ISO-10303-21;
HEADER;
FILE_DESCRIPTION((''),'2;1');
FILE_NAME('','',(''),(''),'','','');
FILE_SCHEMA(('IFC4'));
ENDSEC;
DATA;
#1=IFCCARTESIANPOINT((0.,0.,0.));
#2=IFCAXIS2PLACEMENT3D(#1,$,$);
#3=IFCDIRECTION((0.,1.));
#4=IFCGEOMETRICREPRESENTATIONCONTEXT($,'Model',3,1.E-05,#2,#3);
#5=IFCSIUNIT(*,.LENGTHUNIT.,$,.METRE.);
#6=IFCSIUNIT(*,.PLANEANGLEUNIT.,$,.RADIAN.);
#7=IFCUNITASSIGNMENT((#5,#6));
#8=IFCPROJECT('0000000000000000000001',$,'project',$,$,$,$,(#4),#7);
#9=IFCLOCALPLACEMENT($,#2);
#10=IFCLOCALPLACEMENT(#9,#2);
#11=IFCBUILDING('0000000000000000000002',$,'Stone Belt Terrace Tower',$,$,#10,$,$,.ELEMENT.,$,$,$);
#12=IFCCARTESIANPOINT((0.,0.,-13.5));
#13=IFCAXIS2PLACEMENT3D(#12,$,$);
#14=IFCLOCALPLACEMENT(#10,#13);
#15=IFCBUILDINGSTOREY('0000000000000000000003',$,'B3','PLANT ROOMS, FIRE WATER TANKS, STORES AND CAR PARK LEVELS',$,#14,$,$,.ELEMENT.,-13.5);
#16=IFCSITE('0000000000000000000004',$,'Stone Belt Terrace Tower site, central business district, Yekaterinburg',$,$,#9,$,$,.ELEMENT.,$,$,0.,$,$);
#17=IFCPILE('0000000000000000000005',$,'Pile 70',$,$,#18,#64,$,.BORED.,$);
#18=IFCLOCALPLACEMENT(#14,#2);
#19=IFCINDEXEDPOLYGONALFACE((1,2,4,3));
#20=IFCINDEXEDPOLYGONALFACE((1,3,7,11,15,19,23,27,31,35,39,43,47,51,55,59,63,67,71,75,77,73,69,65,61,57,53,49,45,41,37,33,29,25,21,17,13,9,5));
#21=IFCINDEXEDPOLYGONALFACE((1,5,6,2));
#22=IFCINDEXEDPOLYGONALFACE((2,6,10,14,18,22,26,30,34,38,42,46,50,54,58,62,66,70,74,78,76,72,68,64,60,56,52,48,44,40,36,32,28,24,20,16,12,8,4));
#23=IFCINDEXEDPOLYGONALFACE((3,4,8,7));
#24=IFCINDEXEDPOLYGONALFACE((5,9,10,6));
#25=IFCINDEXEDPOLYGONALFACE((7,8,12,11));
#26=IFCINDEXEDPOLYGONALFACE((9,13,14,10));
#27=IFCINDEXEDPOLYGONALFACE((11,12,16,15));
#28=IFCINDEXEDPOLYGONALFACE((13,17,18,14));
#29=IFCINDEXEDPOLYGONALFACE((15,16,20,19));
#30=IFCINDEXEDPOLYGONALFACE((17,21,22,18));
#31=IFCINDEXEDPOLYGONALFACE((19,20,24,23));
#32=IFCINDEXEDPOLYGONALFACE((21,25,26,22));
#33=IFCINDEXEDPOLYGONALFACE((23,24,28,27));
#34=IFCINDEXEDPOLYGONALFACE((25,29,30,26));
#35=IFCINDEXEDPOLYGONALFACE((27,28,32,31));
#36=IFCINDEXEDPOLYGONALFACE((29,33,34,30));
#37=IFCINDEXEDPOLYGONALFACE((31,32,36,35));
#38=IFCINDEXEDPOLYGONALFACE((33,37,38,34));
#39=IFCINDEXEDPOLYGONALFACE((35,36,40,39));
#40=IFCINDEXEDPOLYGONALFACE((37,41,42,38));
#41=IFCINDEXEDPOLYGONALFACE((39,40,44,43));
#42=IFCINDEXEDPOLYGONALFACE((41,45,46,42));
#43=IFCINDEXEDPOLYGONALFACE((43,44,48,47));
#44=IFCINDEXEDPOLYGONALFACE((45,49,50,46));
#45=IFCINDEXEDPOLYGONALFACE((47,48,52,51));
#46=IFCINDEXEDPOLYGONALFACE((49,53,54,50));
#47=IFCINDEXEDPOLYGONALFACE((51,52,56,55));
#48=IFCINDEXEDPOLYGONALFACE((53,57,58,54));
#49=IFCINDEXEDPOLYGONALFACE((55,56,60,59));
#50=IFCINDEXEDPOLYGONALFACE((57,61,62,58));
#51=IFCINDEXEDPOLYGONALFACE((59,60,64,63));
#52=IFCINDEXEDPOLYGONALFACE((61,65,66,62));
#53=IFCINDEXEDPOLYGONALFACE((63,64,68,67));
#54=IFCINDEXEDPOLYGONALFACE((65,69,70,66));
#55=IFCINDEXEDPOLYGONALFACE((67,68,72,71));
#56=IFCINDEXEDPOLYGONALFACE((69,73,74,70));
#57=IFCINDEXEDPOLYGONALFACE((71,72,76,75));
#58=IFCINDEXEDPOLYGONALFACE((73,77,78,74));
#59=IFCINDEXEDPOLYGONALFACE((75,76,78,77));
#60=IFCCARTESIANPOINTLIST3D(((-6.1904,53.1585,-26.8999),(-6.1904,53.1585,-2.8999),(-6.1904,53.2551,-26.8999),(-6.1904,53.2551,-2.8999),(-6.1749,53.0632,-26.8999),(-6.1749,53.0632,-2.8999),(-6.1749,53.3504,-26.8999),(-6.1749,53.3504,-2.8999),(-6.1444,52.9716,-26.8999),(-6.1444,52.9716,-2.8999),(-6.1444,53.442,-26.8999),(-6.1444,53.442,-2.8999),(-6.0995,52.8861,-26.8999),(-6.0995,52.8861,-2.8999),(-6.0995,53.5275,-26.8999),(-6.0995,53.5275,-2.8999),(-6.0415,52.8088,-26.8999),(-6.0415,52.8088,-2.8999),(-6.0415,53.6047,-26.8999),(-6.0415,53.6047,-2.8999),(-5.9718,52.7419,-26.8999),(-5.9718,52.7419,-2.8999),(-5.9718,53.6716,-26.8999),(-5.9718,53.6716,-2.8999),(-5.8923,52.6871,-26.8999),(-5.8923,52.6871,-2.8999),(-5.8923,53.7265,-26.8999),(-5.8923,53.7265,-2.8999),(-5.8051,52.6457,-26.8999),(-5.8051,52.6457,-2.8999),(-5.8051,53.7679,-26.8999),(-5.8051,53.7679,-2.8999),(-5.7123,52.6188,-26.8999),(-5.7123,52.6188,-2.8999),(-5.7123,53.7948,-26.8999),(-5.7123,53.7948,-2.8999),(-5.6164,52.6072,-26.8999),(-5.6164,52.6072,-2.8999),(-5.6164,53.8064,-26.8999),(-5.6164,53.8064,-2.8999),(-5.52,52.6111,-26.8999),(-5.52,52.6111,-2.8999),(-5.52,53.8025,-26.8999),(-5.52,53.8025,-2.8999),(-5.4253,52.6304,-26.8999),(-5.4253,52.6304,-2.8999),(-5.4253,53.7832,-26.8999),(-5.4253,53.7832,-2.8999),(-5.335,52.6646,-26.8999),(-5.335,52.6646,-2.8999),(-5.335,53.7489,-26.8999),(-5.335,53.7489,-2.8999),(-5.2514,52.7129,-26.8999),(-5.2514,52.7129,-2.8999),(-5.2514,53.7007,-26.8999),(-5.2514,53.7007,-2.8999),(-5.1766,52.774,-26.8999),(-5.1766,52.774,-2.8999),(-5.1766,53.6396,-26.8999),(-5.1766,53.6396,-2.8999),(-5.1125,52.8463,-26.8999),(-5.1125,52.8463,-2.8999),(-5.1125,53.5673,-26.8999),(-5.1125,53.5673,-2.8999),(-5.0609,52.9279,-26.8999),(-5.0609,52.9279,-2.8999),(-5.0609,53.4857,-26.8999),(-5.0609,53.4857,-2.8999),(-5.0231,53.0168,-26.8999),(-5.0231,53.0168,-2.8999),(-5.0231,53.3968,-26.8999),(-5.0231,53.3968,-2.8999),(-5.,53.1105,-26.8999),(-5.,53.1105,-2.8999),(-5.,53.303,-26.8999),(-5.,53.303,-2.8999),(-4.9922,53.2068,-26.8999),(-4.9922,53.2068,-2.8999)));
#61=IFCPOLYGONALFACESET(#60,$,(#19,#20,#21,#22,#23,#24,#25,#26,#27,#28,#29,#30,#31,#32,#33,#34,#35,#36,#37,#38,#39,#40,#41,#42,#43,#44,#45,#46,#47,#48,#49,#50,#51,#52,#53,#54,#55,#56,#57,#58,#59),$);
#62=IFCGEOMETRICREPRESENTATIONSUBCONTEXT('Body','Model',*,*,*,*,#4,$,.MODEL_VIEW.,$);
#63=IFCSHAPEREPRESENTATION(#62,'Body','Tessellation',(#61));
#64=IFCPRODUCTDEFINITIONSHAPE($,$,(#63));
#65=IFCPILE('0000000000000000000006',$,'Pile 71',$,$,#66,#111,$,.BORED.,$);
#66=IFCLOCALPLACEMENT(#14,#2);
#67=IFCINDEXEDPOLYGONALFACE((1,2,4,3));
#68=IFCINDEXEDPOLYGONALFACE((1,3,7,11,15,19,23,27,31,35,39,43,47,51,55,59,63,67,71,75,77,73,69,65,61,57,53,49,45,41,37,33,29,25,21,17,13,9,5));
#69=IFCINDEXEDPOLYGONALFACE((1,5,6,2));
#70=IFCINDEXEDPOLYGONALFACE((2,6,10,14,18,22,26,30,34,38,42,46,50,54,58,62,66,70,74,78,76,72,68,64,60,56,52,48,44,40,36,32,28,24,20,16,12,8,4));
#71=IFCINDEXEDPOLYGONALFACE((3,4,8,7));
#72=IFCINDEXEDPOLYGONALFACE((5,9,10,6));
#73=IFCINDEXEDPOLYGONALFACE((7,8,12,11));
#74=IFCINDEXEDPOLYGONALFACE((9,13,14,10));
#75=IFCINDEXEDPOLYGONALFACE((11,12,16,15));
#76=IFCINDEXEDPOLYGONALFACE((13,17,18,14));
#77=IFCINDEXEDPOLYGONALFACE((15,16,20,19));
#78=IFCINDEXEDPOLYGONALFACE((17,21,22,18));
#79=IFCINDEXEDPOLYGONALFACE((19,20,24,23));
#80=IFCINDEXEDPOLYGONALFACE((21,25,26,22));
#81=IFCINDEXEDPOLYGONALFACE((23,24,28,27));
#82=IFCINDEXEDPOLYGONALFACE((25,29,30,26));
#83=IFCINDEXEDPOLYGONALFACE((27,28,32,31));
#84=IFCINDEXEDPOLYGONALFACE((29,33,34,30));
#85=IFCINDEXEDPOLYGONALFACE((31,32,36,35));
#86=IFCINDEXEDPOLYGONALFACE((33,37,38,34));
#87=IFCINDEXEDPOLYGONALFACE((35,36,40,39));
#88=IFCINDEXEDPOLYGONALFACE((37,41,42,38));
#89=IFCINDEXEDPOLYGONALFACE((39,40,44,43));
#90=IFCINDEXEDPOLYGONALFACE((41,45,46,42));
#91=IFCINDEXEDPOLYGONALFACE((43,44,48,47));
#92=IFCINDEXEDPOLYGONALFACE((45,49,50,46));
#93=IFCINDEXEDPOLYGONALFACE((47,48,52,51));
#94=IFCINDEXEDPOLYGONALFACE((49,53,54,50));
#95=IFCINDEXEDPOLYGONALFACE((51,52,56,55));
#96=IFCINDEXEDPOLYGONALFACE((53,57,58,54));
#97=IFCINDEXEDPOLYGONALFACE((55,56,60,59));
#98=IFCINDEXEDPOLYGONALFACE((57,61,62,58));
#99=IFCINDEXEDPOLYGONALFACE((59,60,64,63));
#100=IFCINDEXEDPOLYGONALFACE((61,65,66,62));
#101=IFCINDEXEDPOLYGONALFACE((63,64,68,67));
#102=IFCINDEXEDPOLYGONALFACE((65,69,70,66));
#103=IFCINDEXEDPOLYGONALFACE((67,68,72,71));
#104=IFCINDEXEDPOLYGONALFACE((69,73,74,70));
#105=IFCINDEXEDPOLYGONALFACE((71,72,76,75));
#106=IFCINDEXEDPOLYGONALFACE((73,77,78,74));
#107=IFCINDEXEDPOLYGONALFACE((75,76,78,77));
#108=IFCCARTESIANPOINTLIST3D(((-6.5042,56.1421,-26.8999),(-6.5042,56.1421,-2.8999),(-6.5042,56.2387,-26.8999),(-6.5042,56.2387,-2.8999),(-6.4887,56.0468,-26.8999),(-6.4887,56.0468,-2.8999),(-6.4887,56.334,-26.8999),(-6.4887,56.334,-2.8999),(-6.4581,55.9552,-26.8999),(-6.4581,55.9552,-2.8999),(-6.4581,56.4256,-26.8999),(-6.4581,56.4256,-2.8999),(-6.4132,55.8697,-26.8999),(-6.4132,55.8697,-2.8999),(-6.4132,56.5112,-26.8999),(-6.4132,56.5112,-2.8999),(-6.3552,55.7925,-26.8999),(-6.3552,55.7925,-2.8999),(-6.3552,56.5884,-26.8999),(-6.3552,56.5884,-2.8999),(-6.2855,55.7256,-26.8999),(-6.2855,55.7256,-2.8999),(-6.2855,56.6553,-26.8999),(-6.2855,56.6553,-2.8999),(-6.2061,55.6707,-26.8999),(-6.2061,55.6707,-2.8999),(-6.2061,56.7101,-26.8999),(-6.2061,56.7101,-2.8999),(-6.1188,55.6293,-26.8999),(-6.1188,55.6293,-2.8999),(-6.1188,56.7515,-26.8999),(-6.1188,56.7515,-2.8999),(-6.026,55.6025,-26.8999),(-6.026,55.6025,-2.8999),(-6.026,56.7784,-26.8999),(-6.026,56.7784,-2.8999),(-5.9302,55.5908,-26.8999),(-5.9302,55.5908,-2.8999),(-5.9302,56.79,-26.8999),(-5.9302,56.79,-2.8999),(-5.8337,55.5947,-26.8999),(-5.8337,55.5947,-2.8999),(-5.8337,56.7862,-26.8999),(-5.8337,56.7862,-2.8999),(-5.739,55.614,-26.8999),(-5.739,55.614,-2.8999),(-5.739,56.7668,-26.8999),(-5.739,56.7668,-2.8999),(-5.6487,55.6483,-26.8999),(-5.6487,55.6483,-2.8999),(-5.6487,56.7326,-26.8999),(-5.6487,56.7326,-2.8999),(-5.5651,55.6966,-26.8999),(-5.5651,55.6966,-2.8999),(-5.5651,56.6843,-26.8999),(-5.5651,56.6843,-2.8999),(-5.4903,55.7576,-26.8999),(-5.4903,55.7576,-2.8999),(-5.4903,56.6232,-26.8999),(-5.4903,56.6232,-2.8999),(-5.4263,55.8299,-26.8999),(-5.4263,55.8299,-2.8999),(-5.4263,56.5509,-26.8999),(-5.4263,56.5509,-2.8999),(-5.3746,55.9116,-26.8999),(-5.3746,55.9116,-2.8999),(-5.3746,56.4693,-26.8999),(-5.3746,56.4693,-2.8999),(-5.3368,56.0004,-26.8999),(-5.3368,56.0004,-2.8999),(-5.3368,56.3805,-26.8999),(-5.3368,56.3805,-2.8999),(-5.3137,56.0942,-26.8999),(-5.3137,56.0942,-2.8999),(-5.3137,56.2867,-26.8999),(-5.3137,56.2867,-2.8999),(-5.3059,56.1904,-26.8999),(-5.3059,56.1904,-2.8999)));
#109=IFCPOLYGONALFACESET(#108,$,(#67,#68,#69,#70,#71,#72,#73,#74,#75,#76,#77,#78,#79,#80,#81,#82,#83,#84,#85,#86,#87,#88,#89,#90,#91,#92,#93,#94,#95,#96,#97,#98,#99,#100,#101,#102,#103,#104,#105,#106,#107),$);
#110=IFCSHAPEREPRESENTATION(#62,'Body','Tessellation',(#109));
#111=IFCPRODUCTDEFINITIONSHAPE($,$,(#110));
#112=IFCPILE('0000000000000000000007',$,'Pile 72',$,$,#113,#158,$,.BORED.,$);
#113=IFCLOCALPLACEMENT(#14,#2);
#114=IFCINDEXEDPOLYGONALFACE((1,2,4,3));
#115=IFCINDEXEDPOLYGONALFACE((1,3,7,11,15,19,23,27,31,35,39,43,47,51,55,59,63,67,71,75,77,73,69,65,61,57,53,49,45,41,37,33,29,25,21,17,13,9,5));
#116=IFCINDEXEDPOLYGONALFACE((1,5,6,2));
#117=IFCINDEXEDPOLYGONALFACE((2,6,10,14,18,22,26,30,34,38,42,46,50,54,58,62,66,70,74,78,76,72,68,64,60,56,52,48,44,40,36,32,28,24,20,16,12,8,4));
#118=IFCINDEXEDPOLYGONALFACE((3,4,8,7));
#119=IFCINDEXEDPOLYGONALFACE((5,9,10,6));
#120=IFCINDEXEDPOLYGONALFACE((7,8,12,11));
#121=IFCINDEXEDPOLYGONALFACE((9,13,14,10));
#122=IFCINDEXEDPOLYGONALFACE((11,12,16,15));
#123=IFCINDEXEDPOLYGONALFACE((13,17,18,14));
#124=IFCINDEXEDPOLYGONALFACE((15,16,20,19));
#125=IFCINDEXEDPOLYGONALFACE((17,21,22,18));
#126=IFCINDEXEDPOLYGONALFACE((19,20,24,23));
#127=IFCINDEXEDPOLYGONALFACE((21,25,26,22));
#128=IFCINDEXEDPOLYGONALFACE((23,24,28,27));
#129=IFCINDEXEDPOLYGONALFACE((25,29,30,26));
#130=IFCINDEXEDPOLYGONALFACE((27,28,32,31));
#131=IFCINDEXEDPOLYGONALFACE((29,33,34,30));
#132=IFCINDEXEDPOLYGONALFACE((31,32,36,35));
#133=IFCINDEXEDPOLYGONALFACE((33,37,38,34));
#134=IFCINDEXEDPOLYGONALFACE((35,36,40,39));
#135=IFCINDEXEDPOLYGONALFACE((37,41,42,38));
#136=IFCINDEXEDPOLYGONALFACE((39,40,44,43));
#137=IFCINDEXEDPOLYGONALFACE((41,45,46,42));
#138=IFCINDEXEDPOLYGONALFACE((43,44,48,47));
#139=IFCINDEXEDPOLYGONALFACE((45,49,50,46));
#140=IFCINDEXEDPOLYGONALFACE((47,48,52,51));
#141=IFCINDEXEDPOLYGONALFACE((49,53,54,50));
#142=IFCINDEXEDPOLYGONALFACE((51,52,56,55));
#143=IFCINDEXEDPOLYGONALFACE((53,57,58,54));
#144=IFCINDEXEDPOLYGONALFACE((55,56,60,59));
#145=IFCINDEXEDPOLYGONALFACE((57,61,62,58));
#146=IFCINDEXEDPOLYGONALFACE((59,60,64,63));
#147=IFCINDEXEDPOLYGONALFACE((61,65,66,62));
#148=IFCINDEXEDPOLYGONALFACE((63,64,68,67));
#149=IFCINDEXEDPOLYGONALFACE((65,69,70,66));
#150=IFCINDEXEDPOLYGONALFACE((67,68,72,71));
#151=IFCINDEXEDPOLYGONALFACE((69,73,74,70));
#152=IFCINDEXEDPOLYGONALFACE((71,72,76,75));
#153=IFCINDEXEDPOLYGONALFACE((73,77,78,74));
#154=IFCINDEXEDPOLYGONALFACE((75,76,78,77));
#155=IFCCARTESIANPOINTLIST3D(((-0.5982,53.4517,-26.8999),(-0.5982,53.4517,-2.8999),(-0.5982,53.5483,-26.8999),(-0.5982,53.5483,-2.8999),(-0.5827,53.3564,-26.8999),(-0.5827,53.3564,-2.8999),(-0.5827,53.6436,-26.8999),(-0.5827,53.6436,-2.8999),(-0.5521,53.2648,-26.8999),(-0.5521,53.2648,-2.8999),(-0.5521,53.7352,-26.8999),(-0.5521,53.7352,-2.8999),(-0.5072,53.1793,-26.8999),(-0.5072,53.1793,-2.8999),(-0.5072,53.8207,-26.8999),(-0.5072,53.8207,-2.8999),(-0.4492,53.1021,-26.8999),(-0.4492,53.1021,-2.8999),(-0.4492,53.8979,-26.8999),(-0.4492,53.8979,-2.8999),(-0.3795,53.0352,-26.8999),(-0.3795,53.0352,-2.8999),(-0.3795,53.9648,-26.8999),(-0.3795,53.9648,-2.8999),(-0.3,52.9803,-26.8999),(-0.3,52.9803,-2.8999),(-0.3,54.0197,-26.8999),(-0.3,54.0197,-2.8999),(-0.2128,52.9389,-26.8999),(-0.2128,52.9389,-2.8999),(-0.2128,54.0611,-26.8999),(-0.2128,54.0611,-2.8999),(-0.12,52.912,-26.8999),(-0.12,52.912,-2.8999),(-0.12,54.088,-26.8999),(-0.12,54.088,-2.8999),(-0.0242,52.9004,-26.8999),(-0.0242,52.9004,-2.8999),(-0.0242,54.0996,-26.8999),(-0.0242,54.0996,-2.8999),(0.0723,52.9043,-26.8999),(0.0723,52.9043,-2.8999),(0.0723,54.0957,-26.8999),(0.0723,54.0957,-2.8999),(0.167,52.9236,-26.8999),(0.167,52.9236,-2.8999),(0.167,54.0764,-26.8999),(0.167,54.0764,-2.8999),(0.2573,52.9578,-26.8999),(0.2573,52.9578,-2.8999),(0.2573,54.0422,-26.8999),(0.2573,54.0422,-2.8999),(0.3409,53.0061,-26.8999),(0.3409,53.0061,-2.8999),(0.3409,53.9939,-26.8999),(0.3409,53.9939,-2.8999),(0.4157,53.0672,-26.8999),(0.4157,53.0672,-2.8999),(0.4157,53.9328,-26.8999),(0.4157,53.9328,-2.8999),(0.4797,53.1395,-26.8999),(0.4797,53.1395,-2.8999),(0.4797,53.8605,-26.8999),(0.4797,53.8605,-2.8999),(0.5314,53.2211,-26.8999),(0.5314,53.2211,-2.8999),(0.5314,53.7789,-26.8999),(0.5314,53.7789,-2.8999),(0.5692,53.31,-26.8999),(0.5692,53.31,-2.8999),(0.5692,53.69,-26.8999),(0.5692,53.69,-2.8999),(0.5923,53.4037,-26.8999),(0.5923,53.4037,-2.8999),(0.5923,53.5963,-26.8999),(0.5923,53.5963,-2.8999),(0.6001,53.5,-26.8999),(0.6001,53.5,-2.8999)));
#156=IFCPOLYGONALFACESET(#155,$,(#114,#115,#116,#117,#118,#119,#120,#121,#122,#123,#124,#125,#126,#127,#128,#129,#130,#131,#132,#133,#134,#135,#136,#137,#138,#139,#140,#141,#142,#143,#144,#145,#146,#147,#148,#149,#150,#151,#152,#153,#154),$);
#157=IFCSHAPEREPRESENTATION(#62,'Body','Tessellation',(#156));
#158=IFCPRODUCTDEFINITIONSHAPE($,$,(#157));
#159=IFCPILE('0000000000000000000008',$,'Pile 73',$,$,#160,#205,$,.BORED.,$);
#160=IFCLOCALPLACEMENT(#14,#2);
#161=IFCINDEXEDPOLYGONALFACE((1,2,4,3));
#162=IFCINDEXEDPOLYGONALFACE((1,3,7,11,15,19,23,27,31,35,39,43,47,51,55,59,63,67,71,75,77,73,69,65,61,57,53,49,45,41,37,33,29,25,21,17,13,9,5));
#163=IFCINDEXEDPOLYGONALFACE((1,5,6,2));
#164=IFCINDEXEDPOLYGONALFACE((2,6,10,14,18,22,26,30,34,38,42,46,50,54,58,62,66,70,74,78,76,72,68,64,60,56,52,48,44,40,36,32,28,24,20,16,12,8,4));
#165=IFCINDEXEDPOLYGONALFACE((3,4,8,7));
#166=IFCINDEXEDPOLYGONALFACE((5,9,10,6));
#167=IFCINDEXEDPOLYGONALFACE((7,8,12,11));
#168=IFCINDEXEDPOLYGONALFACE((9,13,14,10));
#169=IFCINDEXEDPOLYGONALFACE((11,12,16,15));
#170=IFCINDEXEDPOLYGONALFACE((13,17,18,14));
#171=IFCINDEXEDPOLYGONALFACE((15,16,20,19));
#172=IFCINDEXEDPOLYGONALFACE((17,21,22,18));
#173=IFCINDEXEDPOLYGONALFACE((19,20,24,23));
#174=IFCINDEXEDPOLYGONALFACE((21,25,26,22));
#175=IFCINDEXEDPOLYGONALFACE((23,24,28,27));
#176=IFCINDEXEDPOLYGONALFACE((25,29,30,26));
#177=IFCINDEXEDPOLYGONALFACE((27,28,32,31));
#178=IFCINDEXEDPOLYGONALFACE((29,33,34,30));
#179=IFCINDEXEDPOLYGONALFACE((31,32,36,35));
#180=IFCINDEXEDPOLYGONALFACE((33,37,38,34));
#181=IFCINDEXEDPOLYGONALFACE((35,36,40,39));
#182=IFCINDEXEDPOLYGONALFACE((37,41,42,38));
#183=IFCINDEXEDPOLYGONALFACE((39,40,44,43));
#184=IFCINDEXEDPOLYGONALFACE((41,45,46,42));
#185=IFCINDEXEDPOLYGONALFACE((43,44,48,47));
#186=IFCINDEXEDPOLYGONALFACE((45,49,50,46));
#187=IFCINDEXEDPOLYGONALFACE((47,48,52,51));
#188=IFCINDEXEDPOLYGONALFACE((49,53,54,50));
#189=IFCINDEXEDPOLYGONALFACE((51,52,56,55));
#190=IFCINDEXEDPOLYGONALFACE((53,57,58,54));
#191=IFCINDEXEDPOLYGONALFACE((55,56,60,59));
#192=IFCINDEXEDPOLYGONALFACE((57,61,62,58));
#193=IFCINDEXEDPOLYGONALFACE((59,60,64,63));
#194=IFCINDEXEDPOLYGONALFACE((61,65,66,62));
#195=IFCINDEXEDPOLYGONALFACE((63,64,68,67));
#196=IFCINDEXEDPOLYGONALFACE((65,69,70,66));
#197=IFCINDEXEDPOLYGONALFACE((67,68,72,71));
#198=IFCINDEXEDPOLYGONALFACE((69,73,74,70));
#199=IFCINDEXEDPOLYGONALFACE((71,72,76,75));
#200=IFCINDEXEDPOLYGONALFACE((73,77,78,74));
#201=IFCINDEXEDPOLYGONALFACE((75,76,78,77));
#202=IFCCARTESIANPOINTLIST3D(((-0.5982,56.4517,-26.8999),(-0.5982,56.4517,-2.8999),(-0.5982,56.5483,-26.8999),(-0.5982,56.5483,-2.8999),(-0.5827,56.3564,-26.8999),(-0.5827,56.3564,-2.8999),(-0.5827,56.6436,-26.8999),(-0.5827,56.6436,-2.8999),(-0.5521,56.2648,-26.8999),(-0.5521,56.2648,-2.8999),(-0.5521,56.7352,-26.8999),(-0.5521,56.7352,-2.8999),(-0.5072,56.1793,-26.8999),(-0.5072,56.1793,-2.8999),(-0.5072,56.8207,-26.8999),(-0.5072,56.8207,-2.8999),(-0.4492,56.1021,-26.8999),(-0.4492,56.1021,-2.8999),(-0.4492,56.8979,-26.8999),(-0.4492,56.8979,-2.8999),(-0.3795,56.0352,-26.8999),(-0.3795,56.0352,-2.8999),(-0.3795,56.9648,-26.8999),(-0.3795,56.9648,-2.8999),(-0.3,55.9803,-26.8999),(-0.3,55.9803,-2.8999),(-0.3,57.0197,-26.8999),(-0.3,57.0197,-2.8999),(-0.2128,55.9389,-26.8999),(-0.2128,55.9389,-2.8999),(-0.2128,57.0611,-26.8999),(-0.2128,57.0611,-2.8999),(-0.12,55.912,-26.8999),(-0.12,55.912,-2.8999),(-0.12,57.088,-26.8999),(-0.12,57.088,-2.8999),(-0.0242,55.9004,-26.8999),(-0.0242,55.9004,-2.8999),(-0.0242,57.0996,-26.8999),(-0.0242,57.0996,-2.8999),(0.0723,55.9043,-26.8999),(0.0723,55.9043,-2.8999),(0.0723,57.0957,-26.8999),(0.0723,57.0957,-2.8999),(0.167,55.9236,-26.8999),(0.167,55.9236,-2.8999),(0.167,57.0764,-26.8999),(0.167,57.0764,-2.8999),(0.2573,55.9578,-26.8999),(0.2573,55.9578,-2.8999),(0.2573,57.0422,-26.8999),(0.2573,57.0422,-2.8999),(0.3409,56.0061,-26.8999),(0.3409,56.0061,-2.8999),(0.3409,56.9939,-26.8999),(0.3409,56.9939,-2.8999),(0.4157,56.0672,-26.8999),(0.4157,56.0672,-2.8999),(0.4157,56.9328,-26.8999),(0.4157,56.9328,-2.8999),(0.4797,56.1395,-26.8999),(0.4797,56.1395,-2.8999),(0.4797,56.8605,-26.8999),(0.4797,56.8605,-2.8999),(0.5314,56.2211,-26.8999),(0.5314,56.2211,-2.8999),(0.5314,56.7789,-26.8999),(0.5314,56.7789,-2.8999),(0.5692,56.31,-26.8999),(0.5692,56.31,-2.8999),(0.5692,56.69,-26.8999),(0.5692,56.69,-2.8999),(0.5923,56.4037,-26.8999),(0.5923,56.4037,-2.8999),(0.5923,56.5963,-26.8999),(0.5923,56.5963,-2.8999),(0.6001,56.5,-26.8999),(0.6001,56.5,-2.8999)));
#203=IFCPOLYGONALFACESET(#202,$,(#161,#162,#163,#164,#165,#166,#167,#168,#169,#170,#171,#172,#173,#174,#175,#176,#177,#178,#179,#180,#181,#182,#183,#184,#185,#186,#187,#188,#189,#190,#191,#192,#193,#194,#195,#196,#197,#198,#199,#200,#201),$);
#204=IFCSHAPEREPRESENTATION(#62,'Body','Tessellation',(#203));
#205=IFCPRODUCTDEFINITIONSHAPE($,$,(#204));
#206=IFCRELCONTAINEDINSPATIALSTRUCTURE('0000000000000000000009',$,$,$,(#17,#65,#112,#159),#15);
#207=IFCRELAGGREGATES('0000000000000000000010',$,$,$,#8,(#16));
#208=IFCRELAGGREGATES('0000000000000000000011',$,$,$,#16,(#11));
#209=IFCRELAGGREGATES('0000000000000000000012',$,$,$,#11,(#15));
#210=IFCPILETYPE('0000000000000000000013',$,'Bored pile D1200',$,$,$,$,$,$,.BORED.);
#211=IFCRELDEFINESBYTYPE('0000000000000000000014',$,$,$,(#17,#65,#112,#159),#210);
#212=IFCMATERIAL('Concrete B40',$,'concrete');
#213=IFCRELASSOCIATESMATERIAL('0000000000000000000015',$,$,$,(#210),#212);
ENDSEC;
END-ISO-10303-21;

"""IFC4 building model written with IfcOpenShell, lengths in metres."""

from ifc_helpers import new_model, si_unit, direction, frame, origin, origin_2d, place, context, subcontext, project, spatial, circle, extrude, material, material_profile, profile_set, type_object, element, save


model = new_model("IFC4")

# Units and contexts
model_context = context("Model", 3, precision=1e-05, world=origin(), true_north=direction((0.0, 1.0)))
body_context = subcontext(model_context, "Body", "Model", "MODEL_VIEW")
ifc_project = project(units=[si_unit("LENGTHUNIT", "METRE"), si_unit("PLANEANGLEUNIT", "RADIAN")], contexts=[model_context])

# Site, building, storey
site_placement = place(None, origin())
site = spatial("IfcSite", under=ifc_project, at=site_placement, Name="Stone Belt Terrace Tower site, central business district, Yekaterinburg", CompositionType="ELEMENT", RefElevation=0.0)
building_placement = place(site_placement, origin())
building = spatial("IfcBuilding", under=site, at=building_placement, Name="Stone Belt Terrace Tower", CompositionType="ELEMENT")
storey_placement = place(building_placement, frame((0.0, 0.0, -13.5)))
storey = spatial("IfcBuildingStorey", under=building, at=storey_placement, Name="B3", Description="PLANT ROOMS, FIRE WATER TANKS, STORES AND CAR PARK LEVELS", CompositionType="ELEMENT", Elevation=-13.5)

# Piles
ifc_material_1 = material(Name="Concrete B40", Category="concrete")
ifc_material_profile_1 = material_profile(ifc_material_1, circle(Radius=0.6001, at=origin_2d()), Name="PILE D1200")
ifc_profile_set_1 = profile_set([ifc_material_profile_1], Name="Concrete B40")
pile_type = type_object("IfcPileType", Name="Bored pile D1200", PredefinedType="BORED", material=ifc_profile_set_1)
for number, where, z_axis, x_axis, name in (
    (1, (-5.5923, 53.2068, -2.8999), (0.0, 0.0, -1.0), (1.0, 0.0, 0.0), "Pile 70"),
    (2, (-5.906, 56.1904, -2.8999), (0.0, 0.0, -1.0), (1.0, 0.0, 0.0), "Pile 71"),
    (3, (0.0, 53.5, -2.8999), (0.0, 0.0, -1.0), (1.0, 0.0, 0.0), "Pile 72"),
    (4, (0.0, 56.5, -2.8999), (0.0, 0.0, -1.0), (1.0, 0.0, 0.0), "Pile 73"),
):
    element("IfcPile", number, at=place(storey_placement, frame(where, z_axis=z_axis, x_axis=x_axis)), inside=storey, type_object=pile_type, Name=name, PredefinedType="BORED", context=body_context, shape_type="SweptSolid", body=[
        extrude(circle(Radius=0.6001, at=origin_2d()), origin(), (0.0, 0.0, 1.0), 24.0),
    ])

save(model, "model.ifc")
